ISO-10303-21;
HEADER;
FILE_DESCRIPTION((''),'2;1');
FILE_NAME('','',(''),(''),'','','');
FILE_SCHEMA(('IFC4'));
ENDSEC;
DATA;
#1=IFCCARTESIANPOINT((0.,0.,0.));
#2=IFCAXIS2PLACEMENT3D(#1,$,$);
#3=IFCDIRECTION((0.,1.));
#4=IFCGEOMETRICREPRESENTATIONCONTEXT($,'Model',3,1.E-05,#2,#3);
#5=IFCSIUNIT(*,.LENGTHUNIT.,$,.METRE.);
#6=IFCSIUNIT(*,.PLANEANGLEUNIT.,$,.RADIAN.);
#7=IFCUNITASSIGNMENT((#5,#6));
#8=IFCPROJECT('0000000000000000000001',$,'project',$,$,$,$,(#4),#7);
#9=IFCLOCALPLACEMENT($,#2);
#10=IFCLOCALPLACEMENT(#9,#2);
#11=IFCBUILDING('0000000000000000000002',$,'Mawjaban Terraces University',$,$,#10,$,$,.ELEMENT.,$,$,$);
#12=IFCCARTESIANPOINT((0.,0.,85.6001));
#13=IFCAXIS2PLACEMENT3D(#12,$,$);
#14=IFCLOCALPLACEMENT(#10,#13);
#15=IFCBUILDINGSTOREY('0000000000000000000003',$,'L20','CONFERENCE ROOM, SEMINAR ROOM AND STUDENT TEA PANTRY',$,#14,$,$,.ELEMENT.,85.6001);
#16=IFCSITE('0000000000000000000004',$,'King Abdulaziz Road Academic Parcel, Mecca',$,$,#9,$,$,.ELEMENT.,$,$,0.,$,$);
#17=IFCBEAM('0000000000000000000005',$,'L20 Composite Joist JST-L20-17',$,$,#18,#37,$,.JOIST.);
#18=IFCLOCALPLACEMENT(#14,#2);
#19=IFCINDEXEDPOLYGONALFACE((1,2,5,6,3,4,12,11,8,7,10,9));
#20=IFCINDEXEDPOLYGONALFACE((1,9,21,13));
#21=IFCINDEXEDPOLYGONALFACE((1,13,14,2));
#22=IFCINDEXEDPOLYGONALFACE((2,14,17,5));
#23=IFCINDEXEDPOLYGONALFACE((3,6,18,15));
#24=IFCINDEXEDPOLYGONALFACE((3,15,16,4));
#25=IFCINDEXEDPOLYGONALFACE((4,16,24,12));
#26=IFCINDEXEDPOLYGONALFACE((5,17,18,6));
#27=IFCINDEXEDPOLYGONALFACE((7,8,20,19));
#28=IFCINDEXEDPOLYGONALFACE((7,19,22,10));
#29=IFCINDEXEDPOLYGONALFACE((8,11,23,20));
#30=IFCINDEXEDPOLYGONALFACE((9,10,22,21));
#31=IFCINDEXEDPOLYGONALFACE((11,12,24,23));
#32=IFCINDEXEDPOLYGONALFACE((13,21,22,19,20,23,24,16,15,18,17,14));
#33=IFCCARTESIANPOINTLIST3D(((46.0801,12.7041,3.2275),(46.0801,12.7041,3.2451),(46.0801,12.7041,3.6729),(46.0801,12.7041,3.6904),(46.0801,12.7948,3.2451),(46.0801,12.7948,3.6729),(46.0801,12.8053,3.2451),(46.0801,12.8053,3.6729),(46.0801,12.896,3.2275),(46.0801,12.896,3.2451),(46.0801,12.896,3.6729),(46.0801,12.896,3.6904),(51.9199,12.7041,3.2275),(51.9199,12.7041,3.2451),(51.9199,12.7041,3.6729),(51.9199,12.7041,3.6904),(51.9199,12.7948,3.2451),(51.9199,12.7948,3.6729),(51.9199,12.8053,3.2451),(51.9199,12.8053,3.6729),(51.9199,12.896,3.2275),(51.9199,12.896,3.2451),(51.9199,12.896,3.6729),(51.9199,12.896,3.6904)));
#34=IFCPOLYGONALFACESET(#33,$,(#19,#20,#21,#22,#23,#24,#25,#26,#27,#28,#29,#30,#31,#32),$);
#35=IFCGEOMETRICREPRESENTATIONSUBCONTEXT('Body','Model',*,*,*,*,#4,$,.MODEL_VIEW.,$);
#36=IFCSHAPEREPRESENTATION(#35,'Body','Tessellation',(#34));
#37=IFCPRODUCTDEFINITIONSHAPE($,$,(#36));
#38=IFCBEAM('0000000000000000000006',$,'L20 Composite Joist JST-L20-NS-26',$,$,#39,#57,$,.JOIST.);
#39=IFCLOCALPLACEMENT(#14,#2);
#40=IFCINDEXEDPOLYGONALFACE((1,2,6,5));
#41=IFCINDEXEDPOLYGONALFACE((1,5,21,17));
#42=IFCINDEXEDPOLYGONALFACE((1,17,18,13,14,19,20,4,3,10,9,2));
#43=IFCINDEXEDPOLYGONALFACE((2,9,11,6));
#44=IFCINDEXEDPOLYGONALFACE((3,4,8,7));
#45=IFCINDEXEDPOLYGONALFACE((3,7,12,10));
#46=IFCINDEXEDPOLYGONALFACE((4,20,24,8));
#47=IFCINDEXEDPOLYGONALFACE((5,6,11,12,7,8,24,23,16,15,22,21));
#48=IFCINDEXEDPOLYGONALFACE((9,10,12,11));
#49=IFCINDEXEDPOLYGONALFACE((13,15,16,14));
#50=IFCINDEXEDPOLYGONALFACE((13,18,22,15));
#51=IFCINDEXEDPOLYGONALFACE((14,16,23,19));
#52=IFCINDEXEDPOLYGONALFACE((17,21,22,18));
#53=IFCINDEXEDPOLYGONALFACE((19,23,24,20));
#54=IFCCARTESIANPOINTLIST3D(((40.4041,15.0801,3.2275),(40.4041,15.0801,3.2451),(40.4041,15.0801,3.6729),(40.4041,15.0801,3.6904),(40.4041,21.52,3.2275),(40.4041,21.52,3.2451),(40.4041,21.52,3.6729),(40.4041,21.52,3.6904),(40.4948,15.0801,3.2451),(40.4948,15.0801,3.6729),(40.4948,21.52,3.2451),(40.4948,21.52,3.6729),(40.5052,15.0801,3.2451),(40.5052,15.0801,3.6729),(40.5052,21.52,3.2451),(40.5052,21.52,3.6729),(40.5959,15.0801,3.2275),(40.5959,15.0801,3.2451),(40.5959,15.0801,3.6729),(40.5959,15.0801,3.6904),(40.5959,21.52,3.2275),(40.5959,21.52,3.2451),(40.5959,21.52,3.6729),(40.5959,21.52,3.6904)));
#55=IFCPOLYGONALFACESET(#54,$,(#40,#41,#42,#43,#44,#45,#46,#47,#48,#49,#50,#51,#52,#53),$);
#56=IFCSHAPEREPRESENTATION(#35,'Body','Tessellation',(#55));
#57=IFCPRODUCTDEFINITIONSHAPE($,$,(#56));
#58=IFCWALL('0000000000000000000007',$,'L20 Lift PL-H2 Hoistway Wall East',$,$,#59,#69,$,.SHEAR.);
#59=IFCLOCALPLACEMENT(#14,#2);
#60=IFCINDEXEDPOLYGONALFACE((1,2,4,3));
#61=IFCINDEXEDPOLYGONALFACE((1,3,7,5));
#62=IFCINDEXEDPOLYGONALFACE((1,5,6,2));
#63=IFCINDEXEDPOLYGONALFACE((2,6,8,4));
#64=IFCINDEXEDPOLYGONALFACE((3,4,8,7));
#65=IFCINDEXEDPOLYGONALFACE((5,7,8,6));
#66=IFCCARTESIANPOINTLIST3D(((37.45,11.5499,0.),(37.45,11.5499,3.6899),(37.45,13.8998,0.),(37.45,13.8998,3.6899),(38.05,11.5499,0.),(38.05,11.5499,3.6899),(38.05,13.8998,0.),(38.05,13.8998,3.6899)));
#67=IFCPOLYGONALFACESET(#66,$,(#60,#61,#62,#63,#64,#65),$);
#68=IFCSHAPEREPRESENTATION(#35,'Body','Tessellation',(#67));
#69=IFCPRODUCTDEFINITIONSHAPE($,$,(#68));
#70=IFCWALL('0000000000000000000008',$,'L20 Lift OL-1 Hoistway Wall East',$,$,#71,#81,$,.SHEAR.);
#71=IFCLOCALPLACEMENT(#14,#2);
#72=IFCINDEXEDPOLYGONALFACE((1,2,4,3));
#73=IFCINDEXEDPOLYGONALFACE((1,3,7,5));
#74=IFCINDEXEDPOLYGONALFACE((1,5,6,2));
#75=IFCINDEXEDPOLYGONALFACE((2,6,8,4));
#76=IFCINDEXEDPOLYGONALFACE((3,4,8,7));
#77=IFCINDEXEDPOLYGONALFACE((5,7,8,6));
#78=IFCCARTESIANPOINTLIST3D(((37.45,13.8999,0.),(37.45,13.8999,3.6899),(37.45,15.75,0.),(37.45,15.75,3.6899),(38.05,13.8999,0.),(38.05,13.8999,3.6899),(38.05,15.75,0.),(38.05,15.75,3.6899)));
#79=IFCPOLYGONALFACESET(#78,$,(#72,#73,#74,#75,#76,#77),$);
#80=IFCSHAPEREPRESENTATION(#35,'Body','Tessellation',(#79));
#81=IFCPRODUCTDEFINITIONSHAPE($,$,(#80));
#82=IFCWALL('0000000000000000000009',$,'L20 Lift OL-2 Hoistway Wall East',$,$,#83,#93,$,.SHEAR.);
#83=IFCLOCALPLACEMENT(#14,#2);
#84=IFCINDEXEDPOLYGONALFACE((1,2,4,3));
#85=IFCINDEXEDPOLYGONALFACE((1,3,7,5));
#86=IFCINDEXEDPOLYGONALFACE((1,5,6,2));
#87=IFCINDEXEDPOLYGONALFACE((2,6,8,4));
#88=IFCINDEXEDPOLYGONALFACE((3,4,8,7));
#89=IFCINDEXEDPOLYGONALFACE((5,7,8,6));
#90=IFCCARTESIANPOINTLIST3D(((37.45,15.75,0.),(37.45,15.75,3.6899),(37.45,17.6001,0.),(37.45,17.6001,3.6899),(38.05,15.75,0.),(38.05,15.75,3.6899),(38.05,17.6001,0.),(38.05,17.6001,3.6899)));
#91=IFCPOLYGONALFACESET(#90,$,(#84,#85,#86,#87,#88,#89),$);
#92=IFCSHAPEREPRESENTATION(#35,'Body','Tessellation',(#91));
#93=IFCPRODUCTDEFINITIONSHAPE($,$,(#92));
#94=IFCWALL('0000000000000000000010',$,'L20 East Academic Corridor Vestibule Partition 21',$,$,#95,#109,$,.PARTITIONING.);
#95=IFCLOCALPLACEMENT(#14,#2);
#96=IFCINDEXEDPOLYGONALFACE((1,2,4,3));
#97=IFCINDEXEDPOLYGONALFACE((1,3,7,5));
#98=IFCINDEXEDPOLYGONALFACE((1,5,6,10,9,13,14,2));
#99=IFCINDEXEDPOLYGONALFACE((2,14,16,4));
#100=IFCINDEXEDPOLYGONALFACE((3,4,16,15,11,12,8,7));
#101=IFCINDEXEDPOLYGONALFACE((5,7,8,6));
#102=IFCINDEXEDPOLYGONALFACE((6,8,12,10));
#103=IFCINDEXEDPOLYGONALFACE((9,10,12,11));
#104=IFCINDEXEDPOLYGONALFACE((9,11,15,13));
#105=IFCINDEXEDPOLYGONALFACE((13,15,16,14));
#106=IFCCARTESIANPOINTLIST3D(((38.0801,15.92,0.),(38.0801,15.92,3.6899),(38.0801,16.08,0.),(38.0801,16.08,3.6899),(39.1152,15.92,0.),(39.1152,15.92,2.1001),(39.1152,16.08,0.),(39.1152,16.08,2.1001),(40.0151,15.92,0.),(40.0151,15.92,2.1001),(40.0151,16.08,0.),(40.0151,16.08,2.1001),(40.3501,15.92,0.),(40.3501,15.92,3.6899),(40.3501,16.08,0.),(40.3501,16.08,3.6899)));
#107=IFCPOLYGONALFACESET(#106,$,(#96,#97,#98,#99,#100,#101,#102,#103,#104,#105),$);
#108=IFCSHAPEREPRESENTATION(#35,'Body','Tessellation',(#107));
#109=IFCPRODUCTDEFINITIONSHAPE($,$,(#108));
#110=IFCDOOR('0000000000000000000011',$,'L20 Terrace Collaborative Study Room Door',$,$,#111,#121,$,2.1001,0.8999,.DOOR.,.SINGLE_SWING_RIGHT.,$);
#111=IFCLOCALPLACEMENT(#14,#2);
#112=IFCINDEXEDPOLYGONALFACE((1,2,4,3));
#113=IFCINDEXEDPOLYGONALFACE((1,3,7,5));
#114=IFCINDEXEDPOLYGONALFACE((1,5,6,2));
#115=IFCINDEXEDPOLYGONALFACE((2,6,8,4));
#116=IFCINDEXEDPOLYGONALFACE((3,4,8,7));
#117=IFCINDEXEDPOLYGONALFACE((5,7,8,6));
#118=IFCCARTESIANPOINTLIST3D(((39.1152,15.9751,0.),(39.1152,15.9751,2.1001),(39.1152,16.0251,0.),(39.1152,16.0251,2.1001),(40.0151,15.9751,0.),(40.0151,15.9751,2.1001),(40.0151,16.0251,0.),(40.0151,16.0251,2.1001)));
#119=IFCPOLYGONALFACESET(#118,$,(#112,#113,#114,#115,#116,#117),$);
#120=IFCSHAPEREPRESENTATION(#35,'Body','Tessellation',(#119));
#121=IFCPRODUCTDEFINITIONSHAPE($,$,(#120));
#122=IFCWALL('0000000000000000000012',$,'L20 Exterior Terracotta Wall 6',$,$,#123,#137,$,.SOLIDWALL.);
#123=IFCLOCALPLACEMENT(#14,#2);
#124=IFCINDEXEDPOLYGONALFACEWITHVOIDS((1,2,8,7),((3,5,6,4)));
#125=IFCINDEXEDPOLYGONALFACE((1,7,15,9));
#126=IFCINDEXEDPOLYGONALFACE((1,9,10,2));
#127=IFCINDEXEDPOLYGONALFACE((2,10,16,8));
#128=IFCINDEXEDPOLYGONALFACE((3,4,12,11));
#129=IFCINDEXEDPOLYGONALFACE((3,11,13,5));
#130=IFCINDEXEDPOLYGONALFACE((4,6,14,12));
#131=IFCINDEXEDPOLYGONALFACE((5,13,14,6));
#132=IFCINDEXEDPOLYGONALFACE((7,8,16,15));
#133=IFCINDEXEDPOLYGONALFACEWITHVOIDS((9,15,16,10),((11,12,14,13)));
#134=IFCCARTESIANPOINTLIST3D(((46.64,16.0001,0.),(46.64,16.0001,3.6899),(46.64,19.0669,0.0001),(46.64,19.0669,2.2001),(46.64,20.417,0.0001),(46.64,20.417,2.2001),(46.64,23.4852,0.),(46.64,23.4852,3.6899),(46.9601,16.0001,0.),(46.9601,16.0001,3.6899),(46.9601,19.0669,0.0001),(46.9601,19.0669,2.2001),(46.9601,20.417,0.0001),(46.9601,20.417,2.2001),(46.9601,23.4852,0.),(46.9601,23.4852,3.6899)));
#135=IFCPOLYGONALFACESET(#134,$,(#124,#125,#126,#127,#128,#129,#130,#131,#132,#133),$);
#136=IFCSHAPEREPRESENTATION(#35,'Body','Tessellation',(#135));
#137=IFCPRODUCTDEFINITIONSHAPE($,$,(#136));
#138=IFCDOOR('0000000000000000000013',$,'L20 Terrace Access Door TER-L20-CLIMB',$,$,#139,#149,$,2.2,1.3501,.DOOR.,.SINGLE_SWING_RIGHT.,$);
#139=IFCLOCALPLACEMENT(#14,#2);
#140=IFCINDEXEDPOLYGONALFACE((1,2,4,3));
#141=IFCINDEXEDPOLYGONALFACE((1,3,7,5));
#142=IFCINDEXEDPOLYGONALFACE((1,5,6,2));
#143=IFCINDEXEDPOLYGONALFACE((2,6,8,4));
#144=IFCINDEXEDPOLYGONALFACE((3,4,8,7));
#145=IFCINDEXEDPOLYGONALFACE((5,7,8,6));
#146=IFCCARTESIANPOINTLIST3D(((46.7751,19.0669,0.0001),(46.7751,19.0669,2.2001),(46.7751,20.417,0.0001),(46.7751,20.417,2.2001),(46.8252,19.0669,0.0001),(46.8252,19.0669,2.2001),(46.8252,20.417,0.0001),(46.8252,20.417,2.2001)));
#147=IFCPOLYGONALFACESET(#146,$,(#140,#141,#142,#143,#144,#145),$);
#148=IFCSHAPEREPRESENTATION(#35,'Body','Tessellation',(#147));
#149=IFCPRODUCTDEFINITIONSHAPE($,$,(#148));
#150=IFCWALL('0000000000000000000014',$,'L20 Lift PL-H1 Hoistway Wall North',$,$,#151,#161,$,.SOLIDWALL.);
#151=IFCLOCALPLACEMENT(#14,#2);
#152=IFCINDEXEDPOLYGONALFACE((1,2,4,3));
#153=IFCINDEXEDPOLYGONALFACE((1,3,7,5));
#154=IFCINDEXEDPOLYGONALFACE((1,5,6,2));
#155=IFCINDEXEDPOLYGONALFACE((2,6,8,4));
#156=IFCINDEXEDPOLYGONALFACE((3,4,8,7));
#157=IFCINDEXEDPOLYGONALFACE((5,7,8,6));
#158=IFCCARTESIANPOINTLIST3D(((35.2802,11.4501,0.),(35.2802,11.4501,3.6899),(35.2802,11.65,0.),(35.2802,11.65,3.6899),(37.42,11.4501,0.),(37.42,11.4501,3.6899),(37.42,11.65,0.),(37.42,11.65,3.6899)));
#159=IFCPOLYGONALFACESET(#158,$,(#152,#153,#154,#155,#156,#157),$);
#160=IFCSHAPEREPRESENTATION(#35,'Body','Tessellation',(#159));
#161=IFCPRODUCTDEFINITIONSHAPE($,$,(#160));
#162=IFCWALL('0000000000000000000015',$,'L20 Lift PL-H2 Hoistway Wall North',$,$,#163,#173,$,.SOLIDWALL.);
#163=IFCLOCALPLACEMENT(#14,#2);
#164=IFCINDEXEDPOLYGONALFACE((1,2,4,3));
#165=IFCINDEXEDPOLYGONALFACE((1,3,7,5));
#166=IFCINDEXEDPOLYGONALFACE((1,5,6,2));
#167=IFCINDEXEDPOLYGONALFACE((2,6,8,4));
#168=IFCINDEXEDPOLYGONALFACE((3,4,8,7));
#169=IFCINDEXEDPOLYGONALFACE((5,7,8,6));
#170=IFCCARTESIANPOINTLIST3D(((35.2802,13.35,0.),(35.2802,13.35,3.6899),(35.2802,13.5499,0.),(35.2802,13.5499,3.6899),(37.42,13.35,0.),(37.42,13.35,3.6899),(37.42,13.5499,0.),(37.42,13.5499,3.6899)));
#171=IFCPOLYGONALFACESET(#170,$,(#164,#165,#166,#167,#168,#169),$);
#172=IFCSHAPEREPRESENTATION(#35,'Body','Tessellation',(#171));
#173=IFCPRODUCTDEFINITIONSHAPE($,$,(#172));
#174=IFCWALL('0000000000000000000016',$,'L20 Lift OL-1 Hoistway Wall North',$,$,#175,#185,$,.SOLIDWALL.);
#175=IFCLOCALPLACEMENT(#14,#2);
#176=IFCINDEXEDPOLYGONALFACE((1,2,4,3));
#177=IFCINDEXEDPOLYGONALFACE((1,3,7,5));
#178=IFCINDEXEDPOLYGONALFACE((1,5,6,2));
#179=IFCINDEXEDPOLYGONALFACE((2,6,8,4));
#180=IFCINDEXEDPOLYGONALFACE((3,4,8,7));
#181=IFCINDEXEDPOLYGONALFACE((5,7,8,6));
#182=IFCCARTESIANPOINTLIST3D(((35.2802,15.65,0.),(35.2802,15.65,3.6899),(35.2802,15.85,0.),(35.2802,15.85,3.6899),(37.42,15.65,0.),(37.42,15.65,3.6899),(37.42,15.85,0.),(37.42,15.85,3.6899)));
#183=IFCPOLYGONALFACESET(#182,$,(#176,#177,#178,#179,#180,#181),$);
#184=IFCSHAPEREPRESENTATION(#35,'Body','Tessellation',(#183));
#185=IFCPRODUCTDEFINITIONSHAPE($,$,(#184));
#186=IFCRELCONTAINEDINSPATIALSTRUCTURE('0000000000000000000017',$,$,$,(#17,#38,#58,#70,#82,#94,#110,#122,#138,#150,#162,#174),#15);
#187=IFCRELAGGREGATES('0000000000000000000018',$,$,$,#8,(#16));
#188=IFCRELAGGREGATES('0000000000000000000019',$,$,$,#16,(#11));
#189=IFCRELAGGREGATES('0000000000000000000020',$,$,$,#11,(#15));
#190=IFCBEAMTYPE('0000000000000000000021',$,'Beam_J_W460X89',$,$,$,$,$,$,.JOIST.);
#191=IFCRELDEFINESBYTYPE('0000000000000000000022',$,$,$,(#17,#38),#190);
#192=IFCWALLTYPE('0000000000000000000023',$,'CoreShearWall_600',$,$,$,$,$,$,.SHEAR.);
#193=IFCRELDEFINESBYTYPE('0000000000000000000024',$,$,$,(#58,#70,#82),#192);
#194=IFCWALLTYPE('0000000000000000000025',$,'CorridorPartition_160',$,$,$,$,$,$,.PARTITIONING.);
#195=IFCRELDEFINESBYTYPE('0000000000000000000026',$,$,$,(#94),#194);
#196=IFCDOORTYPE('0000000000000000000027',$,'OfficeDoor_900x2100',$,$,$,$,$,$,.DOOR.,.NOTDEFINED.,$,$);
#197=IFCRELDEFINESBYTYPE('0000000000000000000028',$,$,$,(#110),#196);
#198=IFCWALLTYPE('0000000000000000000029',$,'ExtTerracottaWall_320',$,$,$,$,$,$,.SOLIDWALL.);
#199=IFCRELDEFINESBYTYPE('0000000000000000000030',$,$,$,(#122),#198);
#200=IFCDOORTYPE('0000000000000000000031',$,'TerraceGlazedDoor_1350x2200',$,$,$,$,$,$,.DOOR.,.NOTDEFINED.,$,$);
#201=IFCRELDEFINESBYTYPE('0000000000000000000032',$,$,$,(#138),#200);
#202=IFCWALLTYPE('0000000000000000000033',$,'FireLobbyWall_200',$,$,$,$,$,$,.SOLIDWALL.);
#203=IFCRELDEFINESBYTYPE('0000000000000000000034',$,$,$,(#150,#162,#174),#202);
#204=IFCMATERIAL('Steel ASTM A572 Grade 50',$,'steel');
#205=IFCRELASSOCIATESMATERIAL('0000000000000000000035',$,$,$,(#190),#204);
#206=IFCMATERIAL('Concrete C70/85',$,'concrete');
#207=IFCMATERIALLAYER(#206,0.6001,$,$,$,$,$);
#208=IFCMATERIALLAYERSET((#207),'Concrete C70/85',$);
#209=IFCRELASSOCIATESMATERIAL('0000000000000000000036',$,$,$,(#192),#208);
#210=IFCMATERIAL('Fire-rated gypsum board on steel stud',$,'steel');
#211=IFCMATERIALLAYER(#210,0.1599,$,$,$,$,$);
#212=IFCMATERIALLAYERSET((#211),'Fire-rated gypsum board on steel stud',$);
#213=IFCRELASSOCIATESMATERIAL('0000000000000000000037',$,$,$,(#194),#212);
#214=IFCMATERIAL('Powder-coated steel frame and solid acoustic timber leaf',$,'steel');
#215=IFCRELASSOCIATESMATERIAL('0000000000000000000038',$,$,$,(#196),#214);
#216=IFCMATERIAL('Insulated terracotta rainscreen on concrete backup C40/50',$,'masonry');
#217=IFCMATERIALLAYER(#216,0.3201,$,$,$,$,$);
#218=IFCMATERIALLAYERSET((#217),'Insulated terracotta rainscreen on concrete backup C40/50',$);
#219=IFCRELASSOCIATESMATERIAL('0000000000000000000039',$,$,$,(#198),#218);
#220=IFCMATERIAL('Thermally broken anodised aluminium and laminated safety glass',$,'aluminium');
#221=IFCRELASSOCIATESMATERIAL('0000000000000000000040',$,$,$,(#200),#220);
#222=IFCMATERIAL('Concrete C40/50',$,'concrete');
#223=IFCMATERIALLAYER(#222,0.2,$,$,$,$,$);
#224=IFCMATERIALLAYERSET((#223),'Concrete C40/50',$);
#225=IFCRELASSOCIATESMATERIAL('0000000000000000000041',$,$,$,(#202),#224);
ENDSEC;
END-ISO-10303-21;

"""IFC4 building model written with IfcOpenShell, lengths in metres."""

from ifc_helpers import new_model, si_unit, direction, frame, frame_2d, origin, origin_2d, place, context, subcontext, project, spatial, rectangle, i_section, extrude, material, layer, layer_set, material_profile, profile_set, type_object, element, fill, save


model = new_model("IFC4")

# Units and contexts
model_context = context("Model", 3, precision=1e-05, world=origin(), true_north=direction((0.0, 1.0)))
body_context = subcontext(model_context, "Body", "Model", "MODEL_VIEW")
ifc_project = project(units=[si_unit("LENGTHUNIT", "METRE"), si_unit("PLANEANGLEUNIT", "RADIAN")], contexts=[model_context])

# Site, building, storey
site_placement = place(None, origin())
site = spatial("IfcSite", under=ifc_project, at=site_placement, Name="King Abdulaziz Road Academic Parcel, Mecca", CompositionType="ELEMENT", RefElevation=0.0)
building_placement = place(site_placement, origin())
building = spatial("IfcBuilding", under=site, at=building_placement, Name="Mawjaban Terraces University", CompositionType="ELEMENT")
storey_placement = place(building_placement, frame((0.0, 0.0, 85.6001)))
storey = spatial("IfcBuildingStorey", under=building, at=storey_placement, Name="L20", Description="CONFERENCE ROOM, SEMINAR ROOM AND STUDENT TEA PANTRY", CompositionType="ELEMENT", Elevation=85.6001)

# Shared definitions
ifc_material_1 = material(Name="Concrete C70/85", Category="concrete")

# Beams
ifc_material_2 = material(Name="Steel ASTM A572 Grade 50", Category="steel")
ifc_material_profile_1 = material_profile(ifc_material_2, i_section(OverallWidth=0.1919, OverallDepth=0.4629, WebThickness=0.0105, FlangeThickness=0.0176, at=origin_2d()), Name="W460X89")
ifc_profile_set_1 = profile_set([ifc_material_profile_1], Name="Steel ASTM A572 Grade 50")
beam_type_1 = type_object("IfcBeamType", Name="Beam_J_W460X89", PredefinedType="JOIST", material=ifc_profile_set_1)
beam_1_placement = place(storey_placement, frame((46.0801, 12.8, 3.459), z_axis=(1.0, 0.0, 0.0), x_axis=(0.0, 1.0, 0.0)))
element("IfcBeam", 1, at=beam_1_placement, inside=storey, type_object=beam_type_1, Name="L20 Composite Joist JST-L20-17", PredefinedType="JOIST", context=body_context, shape_type="SweptSolid", body=[
    extrude(i_section(OverallWidth=0.1919, OverallDepth=0.4629, WebThickness=0.0105, FlangeThickness=0.0176, at=origin_2d()), origin(), (0.0, 0.0, 1.0), 5.8398),
])
beam_2_placement = place(storey_placement, frame((40.5, 15.0801, 3.459), z_axis=(0.0, 1.0, 0.0), x_axis=(-1.0, 0.0, 0.0)))
element("IfcBeam", 2, at=beam_2_placement, inside=storey, type_object=beam_type_1, Name="L20 Composite Joist JST-L20-NS-26", PredefinedType="JOIST", context=body_context, shape_type="SweptSolid", body=[
    extrude(i_section(OverallWidth=0.1919, OverallDepth=0.4629, WebThickness=0.0105, FlangeThickness=0.0176, at=origin_2d()), origin(), (0.0, 0.0, 1.0), 6.4399),
])

# Walls
ifc_layer_1 = layer(ifc_material_1, 0.6001)
ifc_layer_set_1 = layer_set([ifc_layer_1], Name="Concrete C70/85")
wall_type_1 = type_object("IfcWallType", Name="CoreShearWall_600", PredefinedType="SHEAR", material=ifc_layer_set_1)
wall_1_placement = place(storey_placement, frame((37.75, 11.55, 0.0), z_axis=(0.0, 0.0, 1.0), x_axis=(0.0, 1.0, 0.0)))
element("IfcWall", 3, at=wall_1_placement, inside=storey, type_object=wall_type_1, Name="L20 Lift PL-H2 Hoistway Wall East", PredefinedType="SHEAR", context=body_context, shape_type="SweptSolid", body=[
    extrude(rectangle(XDim=2.3499, YDim=0.6001, at=frame_2d((1.1748, 0.0))), origin(), (0.0, 0.0, 1.0), 3.6899),
])
for number, where, z_axis, x_axis, name in (
    (4, (37.75, 13.8999, 0.0), (0.0, 0.0, 1.0), (0.0, 1.0, 0.0), "L20 Lift OL-1 Hoistway Wall East"),
    (5, (37.75, 15.75, 0.0), (0.0, 0.0, 1.0), (0.0, 1.0, 0.0), "L20 Lift OL-2 Hoistway Wall East"),
):
    element("IfcWall", number, at=place(storey_placement, frame(where, z_axis=z_axis, x_axis=x_axis)), inside=storey, type_object=wall_type_1, Name=name, PredefinedType="SHEAR", context=body_context, shape_type="SweptSolid", body=[
        extrude(rectangle(XDim=1.8501, YDim=0.6001, at=frame_2d((0.925, 0.0))), origin(), (0.0, 0.0, 1.0), 3.6899),
    ])

# Walls, openings, doors
ifc_material_3 = material(Name="Fire-rated gypsum board on steel stud", Category="steel")
ifc_layer_2 = layer(ifc_material_3, 0.1599)
ifc_layer_set_2 = layer_set([ifc_layer_2], Name="Fire-rated gypsum board on steel stud")
wall_type_2 = type_object("IfcWallType", Name="CorridorPartition_160", PredefinedType="PARTITIONING", material=ifc_layer_set_2)
wall_2_placement = place(storey_placement, frame((40.3501, 16.0, 0.0), z_axis=(0.0, 0.0, 1.0), x_axis=(-1.0, 0.0, 0.0)))
wall_2 = element("IfcWall", 6, at=wall_2_placement, inside=storey, type_object=wall_type_2, Name="L20 East Academic Corridor Vestibule Partition 21", PredefinedType="PARTITIONING", context=body_context, shape_type="SweptSolid", body=[
    extrude(rectangle(XDim=2.27, YDim=0.1599, at=frame_2d((1.135, 0.0))), origin(), (0.0, 0.0, 1.0), 3.6899),
])
opening_1_placement = place(wall_2_placement, frame((0.335, 0.0, 0.0)))
opening_1 = element("IfcOpeningElement", 7, at=opening_1_placement, cuts=wall_2, PredefinedType="OPENING", context=body_context, shape_type="SweptSolid", body=[
    extrude(rectangle(XDim=0.8999, YDim=2.1001, at=frame_2d((0.45, 1.05))), frame((0.0, 0.0898, 0.0), z_axis=(0.0, -1.0, 0.0), x_axis=(1.0, 0.0, 0.0)), (0.0, 0.0, 1.0), 0.1799),
])
ifc_material_4 = material(Name="Powder-coated steel frame and solid acoustic timber leaf", Category="steel")
door_type_1 = type_object("IfcDoorType", Name="OfficeDoor_900x2100", OperationType="NOTDEFINED", PredefinedType="DOOR", material=ifc_material_4)
door_1_placement = place(opening_1_placement, origin())
door_1 = element("IfcDoor", 8, at=door_1_placement, inside=storey, type_object=door_type_1, Name="L20 Terrace Collaborative Study Room Door", OperationType="SINGLE_SWING_RIGHT", OverallHeight=2.1001, OverallWidth=0.8999, PredefinedType="DOOR", context=body_context, shape_type="SweptSolid", body=[
    extrude(rectangle(XDim=0.8999, YDim=2.1001, at=frame_2d((0.45, 1.05))), frame((0.0, 0.0249, 0.0), z_axis=(0.0, -1.0, 0.0), x_axis=(1.0, 0.0, 0.0)), (0.0, 0.0, 1.0), 0.05),
])
fill(opening_1, door_1)
ifc_material_5 = material(Name="Insulated terracotta rainscreen on concrete backup C40/50", Category="masonry")
ifc_layer_3 = layer(ifc_material_5, 0.3201)
ifc_layer_set_3 = layer_set([ifc_layer_3], Name="Insulated terracotta rainscreen on concrete backup C40/50")
wall_type_3 = type_object("IfcWallType", Name="ExtTerracottaWall_320", PredefinedType="SOLIDWALL", material=ifc_layer_set_3)
wall_3_placement = place(storey_placement, frame((46.8, 16.0, 0.0), z_axis=(0.0, 0.0, 1.0), x_axis=(0.0, 1.0, 0.0)))
wall_3 = element("IfcWall", 9, at=wall_3_placement, inside=storey, type_object=wall_type_3, Name="L20 Exterior Terracotta Wall 6", PredefinedType="SOLIDWALL", context=body_context, shape_type="SweptSolid", body=[
    extrude(rectangle(XDim=7.4851, YDim=0.3201, at=frame_2d((3.7427, 0.0))), origin(), (0.0, 0.0, 1.0), 3.6899),
])
opening_2_placement = place(wall_3_placement, frame((3.0669, 0.0, 0.0)))
opening_2 = element("IfcOpeningElement", 10, at=opening_2_placement, cuts=wall_3, PredefinedType="OPENING", context=body_context, shape_type="SweptSolid", body=[
    extrude(rectangle(XDim=1.3501, YDim=2.2, at=frame_2d((0.675, 1.1001))), frame((0.0, 0.1699, 0.0), z_axis=(0.0, -1.0, 0.0), x_axis=(1.0, 0.0, 0.0)), (0.0, 0.0, 1.0), 0.3401),
])
ifc_material_6 = material(Name="Thermally broken anodised aluminium and laminated safety glass", Category="aluminium")
door_type_2 = type_object("IfcDoorType", Name="TerraceGlazedDoor_1350x2200", OperationType="NOTDEFINED", PredefinedType="DOOR", material=ifc_material_6)
door_2_placement = place(opening_2_placement, origin())
door_2 = element("IfcDoor", 11, at=door_2_placement, inside=storey, type_object=door_type_2, Name="L20 Terrace Access Door TER-L20-CLIMB", OperationType="SINGLE_SWING_RIGHT", OverallHeight=2.2, OverallWidth=1.3501, PredefinedType="DOOR", context=body_context, shape_type="SweptSolid", body=[
    extrude(rectangle(XDim=1.3501, YDim=2.2, at=frame_2d((0.675, 1.1001))), frame((0.0, 0.0249, 0.0), z_axis=(0.0, -1.0, 0.0), x_axis=(1.0, 0.0, 0.0)), (0.0, 0.0, 1.0), 0.05),
])
fill(opening_2, door_2)

# Walls
ifc_material_7 = material(Name="Concrete C40/50", Category="concrete")
ifc_layer_4 = layer(ifc_material_7, 0.2)
ifc_layer_set_4 = layer_set([ifc_layer_4], Name="Concrete C40/50")
wall_type_4 = type_object("IfcWallType", Name="FireLobbyWall_200", PredefinedType="SOLIDWALL", material=ifc_layer_set_4)
for number, where, z_axis, x_axis, name in (
    (12, (37.4199, 11.55, 0.0), (0.0, 0.0, 1.0), (-1.0, 0.0, 0.0), "L20 Lift PL-H1 Hoistway Wall North"),
    (13, (37.4199, 13.45, 0.0), (0.0, 0.0, 1.0), (-1.0, 0.0, 0.0), "L20 Lift PL-H2 Hoistway Wall North"),
    (14, (37.4199, 15.75, 0.0), (0.0, 0.0, 1.0), (-1.0, 0.0, 0.0), "L20 Lift OL-1 Hoistway Wall North"),
):
    element("IfcWall", number, at=place(storey_placement, frame(where, z_axis=z_axis, x_axis=x_axis)), inside=storey, type_object=wall_type_4, Name=name, PredefinedType="SOLIDWALL", context=body_context, shape_type="SweptSolid", body=[
        extrude(rectangle(XDim=2.1399, YDim=0.2, at=frame_2d((1.0698, 0.0))), origin(), (0.0, 0.0, 1.0), 3.6899),
    ])

save(model, "model.ifc")
